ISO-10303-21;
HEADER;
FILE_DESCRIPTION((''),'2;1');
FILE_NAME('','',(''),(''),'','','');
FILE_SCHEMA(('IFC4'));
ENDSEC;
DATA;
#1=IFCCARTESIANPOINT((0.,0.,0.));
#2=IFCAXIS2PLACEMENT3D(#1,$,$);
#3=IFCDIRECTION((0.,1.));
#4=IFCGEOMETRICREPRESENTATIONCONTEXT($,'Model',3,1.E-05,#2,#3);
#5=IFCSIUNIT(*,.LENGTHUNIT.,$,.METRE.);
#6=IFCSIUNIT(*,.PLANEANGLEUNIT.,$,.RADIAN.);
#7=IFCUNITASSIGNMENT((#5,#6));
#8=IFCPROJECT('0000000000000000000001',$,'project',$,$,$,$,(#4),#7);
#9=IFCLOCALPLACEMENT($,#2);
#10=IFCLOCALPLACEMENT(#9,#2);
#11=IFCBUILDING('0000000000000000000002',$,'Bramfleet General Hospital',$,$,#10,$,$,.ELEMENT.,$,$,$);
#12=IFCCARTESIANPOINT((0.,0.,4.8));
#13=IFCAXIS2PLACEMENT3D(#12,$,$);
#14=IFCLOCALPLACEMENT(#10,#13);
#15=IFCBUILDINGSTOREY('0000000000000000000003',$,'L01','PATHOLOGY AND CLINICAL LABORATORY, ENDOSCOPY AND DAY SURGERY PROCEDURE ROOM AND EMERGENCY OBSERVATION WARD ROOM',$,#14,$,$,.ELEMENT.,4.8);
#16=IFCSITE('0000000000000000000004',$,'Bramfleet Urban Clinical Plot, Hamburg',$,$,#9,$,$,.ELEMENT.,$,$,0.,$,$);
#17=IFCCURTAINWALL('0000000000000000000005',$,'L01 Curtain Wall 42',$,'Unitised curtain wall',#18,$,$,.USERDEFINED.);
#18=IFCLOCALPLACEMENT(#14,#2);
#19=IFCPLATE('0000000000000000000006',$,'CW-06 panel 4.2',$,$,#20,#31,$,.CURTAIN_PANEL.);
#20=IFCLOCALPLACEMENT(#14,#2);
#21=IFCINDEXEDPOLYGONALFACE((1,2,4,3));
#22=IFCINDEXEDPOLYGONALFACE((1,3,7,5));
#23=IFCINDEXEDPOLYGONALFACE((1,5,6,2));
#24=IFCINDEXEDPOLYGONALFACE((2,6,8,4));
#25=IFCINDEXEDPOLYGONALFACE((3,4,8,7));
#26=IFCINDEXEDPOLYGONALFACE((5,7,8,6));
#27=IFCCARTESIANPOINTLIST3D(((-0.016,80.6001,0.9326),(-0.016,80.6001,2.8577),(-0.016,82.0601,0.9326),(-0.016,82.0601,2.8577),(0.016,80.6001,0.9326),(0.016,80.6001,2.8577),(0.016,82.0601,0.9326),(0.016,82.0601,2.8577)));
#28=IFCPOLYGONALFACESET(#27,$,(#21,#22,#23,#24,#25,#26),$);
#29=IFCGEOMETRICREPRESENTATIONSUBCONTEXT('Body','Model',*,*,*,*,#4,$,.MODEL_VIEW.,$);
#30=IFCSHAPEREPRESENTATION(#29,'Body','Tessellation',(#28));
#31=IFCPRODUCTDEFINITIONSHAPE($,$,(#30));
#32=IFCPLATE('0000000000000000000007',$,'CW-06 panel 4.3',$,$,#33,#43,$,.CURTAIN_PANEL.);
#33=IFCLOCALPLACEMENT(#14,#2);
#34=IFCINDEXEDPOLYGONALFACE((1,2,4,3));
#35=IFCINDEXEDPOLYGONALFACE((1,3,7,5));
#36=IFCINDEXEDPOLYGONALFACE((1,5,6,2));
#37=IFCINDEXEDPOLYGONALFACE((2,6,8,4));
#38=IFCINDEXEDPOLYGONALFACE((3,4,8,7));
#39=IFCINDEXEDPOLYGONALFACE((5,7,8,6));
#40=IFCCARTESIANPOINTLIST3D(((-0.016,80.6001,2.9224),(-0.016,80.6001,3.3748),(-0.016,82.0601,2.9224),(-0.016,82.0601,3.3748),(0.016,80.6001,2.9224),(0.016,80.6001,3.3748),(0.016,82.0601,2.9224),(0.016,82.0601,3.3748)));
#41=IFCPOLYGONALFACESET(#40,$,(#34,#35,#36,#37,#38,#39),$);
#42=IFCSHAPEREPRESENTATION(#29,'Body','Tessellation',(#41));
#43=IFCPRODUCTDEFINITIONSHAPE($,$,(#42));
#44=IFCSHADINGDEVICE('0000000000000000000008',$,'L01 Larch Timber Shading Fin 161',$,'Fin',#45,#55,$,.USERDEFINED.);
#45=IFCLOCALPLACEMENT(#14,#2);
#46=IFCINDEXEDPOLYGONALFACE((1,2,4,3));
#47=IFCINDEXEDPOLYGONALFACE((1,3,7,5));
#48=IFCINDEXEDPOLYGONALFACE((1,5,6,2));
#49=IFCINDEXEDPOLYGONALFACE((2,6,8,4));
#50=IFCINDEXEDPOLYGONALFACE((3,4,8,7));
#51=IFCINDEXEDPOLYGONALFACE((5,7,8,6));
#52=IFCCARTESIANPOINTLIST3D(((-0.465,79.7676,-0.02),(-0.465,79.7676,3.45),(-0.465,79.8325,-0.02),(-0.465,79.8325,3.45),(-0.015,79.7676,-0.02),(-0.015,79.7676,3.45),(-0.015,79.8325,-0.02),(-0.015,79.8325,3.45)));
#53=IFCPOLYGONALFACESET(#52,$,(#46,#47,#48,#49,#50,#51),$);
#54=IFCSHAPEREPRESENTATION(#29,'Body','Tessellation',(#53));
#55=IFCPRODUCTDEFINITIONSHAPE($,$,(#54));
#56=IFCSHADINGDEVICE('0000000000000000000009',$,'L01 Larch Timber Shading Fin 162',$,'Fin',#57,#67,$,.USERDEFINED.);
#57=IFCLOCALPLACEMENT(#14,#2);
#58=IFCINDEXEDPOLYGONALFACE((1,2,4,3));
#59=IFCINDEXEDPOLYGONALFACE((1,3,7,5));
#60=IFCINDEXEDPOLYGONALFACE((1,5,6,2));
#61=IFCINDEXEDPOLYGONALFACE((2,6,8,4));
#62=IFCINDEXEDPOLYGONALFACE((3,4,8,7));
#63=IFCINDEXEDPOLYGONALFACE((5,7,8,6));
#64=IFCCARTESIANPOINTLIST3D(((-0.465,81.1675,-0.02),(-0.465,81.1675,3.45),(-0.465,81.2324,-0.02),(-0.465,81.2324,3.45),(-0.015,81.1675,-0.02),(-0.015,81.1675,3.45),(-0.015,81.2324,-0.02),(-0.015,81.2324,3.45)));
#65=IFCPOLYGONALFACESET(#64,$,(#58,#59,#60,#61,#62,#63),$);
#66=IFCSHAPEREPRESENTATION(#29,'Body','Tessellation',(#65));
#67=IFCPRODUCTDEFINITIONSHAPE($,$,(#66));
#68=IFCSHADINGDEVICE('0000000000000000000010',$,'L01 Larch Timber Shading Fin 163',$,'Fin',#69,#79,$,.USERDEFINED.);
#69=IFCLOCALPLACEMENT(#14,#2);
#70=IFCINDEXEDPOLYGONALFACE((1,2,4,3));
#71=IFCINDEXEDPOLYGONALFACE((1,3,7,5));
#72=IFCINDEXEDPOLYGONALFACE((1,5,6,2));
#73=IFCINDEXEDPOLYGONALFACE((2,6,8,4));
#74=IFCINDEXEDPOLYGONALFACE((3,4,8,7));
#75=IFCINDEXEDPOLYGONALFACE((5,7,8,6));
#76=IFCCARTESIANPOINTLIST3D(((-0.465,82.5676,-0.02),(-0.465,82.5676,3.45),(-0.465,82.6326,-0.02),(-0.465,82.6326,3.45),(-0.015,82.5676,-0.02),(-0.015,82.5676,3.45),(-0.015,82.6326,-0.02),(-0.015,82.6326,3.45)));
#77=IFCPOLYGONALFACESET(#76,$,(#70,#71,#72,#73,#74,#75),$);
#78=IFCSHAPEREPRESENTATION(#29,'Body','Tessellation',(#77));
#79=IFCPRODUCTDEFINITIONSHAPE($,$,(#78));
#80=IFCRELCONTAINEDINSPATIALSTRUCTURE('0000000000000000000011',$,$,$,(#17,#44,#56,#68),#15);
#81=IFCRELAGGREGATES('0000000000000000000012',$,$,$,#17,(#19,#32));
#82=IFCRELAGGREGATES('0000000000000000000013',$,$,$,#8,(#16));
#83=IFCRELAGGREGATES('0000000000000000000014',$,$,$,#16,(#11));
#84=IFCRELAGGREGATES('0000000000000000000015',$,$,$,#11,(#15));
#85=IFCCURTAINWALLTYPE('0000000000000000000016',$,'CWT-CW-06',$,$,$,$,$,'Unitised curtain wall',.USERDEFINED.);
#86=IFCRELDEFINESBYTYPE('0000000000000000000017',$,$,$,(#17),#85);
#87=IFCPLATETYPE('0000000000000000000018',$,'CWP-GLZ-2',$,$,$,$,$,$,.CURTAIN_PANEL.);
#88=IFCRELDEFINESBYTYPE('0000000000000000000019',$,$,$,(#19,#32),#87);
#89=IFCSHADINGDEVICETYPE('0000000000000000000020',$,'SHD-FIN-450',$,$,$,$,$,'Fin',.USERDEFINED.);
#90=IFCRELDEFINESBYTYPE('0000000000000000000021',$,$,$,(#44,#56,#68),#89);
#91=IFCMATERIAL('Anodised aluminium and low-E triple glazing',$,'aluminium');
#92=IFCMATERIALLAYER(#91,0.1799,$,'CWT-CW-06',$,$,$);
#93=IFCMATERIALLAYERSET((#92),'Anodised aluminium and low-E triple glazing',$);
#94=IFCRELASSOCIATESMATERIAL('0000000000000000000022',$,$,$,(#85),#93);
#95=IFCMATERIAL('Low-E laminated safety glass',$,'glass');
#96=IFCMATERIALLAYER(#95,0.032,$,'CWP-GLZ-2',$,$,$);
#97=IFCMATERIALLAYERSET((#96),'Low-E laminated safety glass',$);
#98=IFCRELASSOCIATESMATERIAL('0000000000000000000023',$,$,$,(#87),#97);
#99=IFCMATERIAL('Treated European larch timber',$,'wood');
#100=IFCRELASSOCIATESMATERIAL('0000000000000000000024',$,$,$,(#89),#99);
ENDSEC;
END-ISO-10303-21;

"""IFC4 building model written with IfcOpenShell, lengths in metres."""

from ifc_helpers import new_model, si_unit, direction, frame, origin, origin_2d, place, context, subcontext, project, spatial, rectangle, extrude, material, layer, layer_set, material_profile, profile_set, type_object, element, aggregate, save


model = new_model("IFC4")

# Units and contexts
model_context = context("Model", 3, precision=1e-05, world=origin(), true_north=direction((0.0, 1.0)))
body_context = subcontext(model_context, "Body", "Model", "MODEL_VIEW")
ifc_project = project(units=[si_unit("LENGTHUNIT", "METRE"), si_unit("PLANEANGLEUNIT", "RADIAN")], contexts=[model_context])

# Site, building, storey
site_placement = place(None, origin())
site = spatial("IfcSite", under=ifc_project, at=site_placement, Name="Bramfleet Urban Clinical Plot, Hamburg", CompositionType="ELEMENT", RefElevation=0.0)
building_placement = place(site_placement, origin())
building = spatial("IfcBuilding", under=site, at=building_placement, Name="Bramfleet General Hospital", CompositionType="ELEMENT")
storey_placement = place(building_placement, frame((0.0, 0.0, 4.8)))
storey = spatial("IfcBuildingStorey", under=building, at=storey_placement, Name="L01", Description="PATHOLOGY AND CLINICAL LABORATORY, ENDOSCOPY AND DAY SURGERY PROCEDURE ROOM AND EMERGENCY OBSERVATION WARD ROOM", CompositionType="ELEMENT", Elevation=4.8)

# Curtain wall, plates
ifc_material_1 = material(Name="Anodised aluminium and low-E triple glazing", Category="aluminium")
ifc_layer_1 = layer(ifc_material_1, 0.1799, Name="CWT-CW-06")
ifc_layer_set_1 = layer_set([ifc_layer_1], Name="Anodised aluminium and low-E triple glazing")
curtain_wall_type = type_object("IfcCurtainWallType", Name="CWT-CW-06", ElementType="Unitised curtain wall", PredefinedType="USERDEFINED", material=ifc_layer_set_1)
curtain_wall_placement = place(storey_placement, origin())
curtain_wall = element("IfcCurtainWall", 1, at=curtain_wall_placement, inside=storey, type_object=curtain_wall_type, Name="L01 Curtain Wall 42", ObjectType="Unitised curtain wall", PredefinedType="USERDEFINED")
ifc_material_2 = material(Name="Low-E laminated safety glass", Category="glass")
ifc_layer_2 = layer(ifc_material_2, 0.032, Name="CWP-GLZ-2")
ifc_layer_set_2 = layer_set([ifc_layer_2], Name="Low-E laminated safety glass")
plate_type = type_object("IfcPlateType", Name="CWP-GLZ-2", PredefinedType="CURTAIN_PANEL", material=ifc_layer_set_2)
plate_1_placement = place(storey_placement, frame((0.0, 81.3301, 0.9326), z_axis=(0.0, 0.0, 1.0), x_axis=(0.0, 1.0, 0.0)))
plate_1 = element("IfcPlate", 2, at=plate_1_placement, type_object=plate_type, Name="CW-06 panel 4.2", PredefinedType="CURTAIN_PANEL", context=body_context, shape_type="SweptSolid", body=[
    extrude(rectangle(XDim=1.46, YDim=0.032, at=origin_2d()), origin(), (0.0, 0.0, 1.0), 1.925),
])
plate_2_placement = place(storey_placement, frame((0.0, 81.3301, 2.9224), z_axis=(0.0, 0.0, 1.0), x_axis=(0.0, 1.0, 0.0)))
plate_2 = element("IfcPlate", 3, at=plate_2_placement, type_object=plate_type, Name="CW-06 panel 4.3", PredefinedType="CURTAIN_PANEL", context=body_context, shape_type="SweptSolid", body=[
    extrude(rectangle(XDim=1.46, YDim=0.032, at=origin_2d()), origin(), (0.0, 0.0, 1.0), 0.4524),
])
aggregate(curtain_wall, [plate_1, plate_2])

# Shading devices
ifc_material_3 = material(Name="Treated European larch timber", Category="wood")
ifc_material_profile_1 = material_profile(ifc_material_3, rectangle(XDim=0.0649, YDim=0.45, at=origin_2d()), Name="LARCH FIN 450x65")
ifc_profile_set_1 = profile_set([ifc_material_profile_1], Name="Treated European larch timber")
shading_device_type = type_object("IfcShadingDeviceType", Name="SHD-FIN-450", ElementType="Fin", PredefinedType="USERDEFINED", material=ifc_profile_set_1)
for number, where, z_axis, x_axis, name in (
    (4, (-0.24, 79.8, -0.02), (0.0, 0.0, 1.0), (0.0, 1.0, 0.0), "L01 Larch Timber Shading Fin 161"),
    (5, (-0.24, 81.2, -0.02), (0.0, 0.0, 1.0), (0.0, 1.0, 0.0), "L01 Larch Timber Shading Fin 162"),
    (6, (-0.24, 82.6001, -0.02), (0.0, 0.0, 1.0), (0.0, 1.0, 0.0), "L01 Larch Timber Shading Fin 163"),
):
    element("IfcShadingDevice", number, at=place(storey_placement, frame(where, z_axis=z_axis, x_axis=x_axis)), inside=storey, type_object=shading_device_type, Name=name, ObjectType="Fin", PredefinedType="USERDEFINED", context=body_context, shape_type="SweptSolid", body=[
        extrude(rectangle(XDim=0.0649, YDim=0.45, at=origin_2d()), origin(), (0.0, 0.0, 1.0), 3.47),
    ])

save(model, "model.ifc")
